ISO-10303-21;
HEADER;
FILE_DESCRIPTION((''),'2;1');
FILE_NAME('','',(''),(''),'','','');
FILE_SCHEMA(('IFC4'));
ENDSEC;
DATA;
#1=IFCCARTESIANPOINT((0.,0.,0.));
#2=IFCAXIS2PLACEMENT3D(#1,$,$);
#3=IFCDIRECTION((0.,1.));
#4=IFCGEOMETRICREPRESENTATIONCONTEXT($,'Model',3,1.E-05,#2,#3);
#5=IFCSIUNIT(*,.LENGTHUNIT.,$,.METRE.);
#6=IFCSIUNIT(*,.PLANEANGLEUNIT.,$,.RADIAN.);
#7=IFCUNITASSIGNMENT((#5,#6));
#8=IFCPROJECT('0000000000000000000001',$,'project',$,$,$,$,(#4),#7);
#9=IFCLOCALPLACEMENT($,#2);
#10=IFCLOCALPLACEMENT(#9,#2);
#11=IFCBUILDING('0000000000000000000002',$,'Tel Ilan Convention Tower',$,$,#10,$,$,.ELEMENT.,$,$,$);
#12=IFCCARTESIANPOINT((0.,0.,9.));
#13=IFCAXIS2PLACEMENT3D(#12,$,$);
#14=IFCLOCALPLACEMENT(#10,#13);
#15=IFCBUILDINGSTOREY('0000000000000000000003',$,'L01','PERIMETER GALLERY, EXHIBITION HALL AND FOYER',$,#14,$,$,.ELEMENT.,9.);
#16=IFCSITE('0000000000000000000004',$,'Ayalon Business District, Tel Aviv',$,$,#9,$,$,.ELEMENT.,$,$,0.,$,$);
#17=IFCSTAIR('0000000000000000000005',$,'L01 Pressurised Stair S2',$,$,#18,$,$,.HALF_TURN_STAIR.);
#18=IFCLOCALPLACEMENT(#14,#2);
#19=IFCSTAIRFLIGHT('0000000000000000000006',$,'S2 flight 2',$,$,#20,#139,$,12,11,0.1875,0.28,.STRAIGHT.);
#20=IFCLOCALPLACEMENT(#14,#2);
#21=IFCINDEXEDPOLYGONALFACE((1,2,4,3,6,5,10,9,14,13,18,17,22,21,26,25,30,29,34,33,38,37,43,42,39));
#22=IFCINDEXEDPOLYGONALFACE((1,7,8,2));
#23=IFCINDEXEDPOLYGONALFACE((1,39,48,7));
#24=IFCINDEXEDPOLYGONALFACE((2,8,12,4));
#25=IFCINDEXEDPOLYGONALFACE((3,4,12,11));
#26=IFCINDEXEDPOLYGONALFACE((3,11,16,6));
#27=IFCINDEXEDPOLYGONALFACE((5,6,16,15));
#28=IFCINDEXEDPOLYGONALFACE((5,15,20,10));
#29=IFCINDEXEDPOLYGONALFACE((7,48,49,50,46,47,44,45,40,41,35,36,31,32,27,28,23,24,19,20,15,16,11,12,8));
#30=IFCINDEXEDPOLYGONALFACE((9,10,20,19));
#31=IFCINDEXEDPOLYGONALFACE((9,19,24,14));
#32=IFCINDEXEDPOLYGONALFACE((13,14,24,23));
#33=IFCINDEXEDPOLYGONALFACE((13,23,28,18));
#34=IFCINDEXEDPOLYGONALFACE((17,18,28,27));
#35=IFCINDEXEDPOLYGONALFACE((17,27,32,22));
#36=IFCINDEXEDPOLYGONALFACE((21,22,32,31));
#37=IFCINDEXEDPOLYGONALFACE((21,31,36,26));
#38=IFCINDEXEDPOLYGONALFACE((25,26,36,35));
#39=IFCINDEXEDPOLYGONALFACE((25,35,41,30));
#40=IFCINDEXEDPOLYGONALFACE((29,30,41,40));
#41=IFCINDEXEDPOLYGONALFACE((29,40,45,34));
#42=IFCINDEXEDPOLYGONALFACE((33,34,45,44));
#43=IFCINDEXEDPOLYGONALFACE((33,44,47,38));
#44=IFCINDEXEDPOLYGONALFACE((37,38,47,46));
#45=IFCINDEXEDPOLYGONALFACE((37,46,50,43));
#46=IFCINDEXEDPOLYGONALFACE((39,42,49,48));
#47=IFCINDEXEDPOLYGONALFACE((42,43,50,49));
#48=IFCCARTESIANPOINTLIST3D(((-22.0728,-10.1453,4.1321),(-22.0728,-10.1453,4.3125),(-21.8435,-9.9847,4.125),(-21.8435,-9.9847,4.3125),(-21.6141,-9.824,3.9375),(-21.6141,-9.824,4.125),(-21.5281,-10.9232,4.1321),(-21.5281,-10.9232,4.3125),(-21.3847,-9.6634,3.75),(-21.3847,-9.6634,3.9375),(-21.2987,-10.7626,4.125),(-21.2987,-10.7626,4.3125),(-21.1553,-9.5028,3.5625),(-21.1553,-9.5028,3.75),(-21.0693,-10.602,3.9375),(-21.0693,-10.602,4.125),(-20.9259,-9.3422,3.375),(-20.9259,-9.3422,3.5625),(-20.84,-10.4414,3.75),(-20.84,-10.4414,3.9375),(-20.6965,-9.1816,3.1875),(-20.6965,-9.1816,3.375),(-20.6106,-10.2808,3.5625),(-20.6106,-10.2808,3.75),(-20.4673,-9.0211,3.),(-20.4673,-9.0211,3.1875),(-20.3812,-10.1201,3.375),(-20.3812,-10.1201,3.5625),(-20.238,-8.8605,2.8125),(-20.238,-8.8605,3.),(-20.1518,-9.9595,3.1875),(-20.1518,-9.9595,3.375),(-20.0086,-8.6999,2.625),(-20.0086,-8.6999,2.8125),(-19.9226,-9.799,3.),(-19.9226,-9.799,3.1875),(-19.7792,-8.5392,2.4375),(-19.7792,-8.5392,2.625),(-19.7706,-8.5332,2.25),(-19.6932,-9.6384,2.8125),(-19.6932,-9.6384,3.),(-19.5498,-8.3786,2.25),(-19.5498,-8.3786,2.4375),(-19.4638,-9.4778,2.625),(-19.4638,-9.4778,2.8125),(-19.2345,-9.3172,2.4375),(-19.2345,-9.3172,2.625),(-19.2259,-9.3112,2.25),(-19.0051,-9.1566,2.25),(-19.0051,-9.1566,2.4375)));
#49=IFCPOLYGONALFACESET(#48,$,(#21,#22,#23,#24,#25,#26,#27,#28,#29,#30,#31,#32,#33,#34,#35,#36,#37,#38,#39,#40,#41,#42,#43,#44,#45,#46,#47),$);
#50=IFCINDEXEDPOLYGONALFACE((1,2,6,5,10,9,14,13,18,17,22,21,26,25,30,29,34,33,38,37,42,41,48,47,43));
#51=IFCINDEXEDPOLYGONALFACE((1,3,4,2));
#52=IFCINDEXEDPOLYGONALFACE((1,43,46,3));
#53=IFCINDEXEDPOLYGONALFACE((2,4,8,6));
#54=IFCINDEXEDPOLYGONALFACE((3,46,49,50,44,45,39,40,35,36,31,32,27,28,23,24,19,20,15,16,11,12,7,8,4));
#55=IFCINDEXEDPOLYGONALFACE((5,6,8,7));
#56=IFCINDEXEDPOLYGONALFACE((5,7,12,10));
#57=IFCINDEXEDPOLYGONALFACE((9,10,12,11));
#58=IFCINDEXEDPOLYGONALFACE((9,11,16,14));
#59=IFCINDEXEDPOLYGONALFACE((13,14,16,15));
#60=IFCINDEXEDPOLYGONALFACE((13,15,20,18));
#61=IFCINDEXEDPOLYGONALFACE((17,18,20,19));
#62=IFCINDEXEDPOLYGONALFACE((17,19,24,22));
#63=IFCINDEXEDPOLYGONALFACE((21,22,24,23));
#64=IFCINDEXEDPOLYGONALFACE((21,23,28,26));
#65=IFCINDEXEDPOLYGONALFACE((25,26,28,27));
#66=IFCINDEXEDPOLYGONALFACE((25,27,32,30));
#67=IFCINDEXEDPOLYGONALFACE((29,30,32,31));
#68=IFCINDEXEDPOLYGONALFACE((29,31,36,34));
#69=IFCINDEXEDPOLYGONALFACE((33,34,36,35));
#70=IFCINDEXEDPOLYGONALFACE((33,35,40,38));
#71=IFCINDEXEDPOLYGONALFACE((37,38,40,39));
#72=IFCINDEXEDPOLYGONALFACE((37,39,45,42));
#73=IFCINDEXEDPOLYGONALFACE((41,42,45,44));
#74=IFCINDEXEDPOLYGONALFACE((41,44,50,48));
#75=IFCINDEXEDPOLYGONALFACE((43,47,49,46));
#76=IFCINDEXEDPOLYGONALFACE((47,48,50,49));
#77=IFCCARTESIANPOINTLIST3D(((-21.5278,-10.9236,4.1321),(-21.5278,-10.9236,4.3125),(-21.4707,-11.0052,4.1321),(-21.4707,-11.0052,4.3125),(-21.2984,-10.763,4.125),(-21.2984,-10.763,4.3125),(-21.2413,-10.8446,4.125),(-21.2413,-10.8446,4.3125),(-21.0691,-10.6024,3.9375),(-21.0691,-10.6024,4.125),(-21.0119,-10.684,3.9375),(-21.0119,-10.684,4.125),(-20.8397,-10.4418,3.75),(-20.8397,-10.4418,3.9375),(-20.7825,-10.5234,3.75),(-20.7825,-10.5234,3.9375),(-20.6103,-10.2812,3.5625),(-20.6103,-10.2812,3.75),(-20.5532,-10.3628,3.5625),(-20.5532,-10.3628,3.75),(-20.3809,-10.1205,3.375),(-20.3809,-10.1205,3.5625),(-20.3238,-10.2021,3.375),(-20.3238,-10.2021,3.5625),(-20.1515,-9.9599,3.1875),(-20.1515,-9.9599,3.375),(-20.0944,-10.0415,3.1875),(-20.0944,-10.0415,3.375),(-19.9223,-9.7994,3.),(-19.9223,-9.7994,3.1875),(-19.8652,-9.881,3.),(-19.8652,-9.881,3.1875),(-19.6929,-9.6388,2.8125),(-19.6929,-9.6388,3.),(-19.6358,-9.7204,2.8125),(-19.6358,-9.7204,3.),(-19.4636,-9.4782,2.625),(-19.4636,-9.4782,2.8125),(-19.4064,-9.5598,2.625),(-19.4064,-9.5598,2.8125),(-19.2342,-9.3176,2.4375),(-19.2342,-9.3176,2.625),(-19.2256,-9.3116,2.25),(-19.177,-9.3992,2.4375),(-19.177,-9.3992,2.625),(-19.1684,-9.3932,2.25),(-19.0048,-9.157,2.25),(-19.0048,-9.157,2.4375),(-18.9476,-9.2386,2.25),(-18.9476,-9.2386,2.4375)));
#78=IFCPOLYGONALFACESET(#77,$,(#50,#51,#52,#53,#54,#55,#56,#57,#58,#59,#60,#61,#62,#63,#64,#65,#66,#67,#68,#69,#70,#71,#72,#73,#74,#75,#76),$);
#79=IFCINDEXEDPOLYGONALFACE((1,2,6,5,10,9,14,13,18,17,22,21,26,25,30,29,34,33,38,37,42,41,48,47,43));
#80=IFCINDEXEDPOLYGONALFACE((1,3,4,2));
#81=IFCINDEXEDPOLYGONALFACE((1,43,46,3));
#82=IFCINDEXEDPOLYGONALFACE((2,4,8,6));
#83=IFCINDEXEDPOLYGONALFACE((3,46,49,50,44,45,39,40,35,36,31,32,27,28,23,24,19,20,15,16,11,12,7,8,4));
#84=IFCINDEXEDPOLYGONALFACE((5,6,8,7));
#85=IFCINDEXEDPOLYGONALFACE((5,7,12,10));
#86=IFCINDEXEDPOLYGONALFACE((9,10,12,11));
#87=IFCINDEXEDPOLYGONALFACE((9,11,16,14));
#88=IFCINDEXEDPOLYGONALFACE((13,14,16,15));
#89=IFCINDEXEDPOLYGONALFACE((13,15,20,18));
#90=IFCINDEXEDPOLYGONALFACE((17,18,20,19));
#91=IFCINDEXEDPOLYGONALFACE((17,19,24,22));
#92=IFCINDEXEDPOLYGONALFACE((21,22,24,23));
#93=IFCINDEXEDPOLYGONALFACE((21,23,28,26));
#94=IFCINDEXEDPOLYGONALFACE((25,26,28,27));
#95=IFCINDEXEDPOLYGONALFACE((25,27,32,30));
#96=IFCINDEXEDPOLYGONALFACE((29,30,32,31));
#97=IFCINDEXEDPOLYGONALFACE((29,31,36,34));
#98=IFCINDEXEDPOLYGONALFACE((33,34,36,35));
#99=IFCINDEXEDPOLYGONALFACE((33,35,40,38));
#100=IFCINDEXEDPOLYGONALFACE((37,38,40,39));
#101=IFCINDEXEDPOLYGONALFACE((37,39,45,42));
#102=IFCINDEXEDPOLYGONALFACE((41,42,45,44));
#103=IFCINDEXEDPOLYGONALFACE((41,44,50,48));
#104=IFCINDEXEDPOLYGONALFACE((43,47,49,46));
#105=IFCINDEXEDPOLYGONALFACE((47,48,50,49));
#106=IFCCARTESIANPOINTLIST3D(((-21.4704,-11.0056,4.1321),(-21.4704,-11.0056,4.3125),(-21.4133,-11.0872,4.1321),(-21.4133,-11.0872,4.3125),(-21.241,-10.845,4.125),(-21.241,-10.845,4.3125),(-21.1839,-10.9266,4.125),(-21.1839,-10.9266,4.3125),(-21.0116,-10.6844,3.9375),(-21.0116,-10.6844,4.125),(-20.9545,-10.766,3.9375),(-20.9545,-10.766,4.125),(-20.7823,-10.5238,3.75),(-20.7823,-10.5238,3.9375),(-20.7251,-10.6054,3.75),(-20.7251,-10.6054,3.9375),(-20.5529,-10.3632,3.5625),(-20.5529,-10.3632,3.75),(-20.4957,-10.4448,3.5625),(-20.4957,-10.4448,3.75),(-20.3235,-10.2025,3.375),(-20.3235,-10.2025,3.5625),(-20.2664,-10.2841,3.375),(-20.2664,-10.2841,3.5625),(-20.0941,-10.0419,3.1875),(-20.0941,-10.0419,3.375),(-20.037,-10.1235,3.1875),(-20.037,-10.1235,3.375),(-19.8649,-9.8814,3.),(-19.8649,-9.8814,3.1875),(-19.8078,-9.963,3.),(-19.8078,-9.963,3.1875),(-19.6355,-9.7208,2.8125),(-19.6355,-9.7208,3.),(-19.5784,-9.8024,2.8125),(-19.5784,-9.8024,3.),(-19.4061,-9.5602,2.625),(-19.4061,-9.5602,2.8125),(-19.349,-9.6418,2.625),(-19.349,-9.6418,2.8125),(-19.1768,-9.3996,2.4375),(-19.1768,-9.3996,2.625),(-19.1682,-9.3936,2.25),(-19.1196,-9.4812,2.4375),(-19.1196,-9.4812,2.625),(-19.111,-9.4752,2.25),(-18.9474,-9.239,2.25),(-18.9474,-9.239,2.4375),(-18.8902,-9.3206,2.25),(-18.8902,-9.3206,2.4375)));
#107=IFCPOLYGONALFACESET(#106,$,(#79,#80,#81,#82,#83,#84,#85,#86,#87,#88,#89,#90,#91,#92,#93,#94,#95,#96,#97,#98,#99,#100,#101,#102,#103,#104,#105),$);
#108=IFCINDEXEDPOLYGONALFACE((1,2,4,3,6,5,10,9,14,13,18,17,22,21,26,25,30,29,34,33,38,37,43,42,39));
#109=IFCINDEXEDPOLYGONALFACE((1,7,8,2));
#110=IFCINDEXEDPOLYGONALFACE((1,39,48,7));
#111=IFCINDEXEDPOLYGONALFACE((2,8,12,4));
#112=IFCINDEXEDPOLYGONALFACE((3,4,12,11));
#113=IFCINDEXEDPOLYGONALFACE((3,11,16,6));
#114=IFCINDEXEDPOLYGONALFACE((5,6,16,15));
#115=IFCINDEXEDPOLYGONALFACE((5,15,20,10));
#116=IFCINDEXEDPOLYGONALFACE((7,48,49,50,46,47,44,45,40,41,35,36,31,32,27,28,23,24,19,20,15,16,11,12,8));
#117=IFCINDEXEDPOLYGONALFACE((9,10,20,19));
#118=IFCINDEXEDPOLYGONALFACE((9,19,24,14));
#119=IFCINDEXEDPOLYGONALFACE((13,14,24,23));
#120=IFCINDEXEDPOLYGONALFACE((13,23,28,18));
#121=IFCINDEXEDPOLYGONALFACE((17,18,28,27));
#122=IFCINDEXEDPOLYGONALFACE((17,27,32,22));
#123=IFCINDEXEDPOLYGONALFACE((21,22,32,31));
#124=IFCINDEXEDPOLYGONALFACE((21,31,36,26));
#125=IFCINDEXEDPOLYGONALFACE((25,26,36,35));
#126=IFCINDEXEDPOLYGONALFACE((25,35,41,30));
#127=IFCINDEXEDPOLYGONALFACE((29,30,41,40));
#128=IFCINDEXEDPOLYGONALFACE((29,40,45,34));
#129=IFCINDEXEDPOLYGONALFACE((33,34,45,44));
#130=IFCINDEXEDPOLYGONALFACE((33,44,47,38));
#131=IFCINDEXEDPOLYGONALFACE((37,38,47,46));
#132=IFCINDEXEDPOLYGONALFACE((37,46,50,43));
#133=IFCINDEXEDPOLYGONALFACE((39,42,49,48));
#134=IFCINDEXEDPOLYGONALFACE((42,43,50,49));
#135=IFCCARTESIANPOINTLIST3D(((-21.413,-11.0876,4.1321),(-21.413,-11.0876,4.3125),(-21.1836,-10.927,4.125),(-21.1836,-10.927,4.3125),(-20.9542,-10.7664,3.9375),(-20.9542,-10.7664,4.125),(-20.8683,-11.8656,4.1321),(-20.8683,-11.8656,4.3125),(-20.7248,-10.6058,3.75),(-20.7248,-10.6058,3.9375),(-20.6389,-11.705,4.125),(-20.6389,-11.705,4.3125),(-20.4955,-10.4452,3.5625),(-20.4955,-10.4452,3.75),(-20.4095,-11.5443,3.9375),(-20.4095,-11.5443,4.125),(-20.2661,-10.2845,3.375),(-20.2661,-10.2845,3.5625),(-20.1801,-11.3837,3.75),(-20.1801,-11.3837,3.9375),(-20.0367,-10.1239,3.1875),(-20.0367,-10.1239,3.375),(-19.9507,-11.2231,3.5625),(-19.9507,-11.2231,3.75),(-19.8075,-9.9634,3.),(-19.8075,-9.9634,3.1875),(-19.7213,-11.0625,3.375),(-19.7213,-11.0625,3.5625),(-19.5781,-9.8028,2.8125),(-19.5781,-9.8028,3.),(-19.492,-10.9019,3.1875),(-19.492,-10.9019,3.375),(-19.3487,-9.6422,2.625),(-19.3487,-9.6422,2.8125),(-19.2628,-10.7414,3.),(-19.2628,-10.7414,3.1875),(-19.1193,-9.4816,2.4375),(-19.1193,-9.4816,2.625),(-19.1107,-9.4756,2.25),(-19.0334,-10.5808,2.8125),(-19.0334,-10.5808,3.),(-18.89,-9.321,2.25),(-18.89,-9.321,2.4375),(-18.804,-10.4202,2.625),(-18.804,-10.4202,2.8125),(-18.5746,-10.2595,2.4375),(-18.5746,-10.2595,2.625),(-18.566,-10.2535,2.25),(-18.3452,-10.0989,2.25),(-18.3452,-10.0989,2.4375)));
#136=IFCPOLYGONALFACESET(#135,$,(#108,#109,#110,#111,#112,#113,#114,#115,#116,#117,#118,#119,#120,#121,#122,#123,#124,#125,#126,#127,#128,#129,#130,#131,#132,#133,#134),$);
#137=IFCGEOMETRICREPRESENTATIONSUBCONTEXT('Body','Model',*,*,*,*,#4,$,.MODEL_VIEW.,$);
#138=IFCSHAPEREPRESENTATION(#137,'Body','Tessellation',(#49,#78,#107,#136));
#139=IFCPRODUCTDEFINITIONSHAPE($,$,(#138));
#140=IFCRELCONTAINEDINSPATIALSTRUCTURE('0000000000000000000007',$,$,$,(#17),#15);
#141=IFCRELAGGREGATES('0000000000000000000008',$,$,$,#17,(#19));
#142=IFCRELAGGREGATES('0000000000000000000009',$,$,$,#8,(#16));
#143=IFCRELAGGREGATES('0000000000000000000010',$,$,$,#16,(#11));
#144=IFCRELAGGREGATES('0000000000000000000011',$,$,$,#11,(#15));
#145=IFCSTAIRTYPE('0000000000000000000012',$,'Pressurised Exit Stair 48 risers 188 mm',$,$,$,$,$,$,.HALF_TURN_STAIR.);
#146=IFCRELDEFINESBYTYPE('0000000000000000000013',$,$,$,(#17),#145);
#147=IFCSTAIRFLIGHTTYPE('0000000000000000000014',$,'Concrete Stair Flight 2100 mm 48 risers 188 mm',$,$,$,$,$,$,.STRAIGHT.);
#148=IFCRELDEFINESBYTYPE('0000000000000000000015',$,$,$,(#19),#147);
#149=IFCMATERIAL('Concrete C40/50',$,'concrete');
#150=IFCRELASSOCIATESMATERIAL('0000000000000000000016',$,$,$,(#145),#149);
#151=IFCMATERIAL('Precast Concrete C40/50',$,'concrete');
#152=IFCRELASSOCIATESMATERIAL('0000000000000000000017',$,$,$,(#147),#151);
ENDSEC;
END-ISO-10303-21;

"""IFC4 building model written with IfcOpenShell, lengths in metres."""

from ifc_helpers import new_model, si_unit, direction, frame, origin, place, context, subcontext, project, spatial, polyline, outline, extrude, material, type_object, element, aggregate, save


model = new_model("IFC4")

# Units and contexts
model_context = context("Model", 3, precision=1e-05, world=origin(), true_north=direction((0.0, 1.0)))
body_context = subcontext(model_context, "Body", "Model", "MODEL_VIEW")
ifc_project = project(units=[si_unit("LENGTHUNIT", "METRE"), si_unit("PLANEANGLEUNIT", "RADIAN")], contexts=[model_context])

# Site, building, storey
site_placement = place(None, origin())
site = spatial("IfcSite", under=ifc_project, at=site_placement, Name="Ayalon Business District, Tel Aviv", CompositionType="ELEMENT", RefElevation=0.0)
building_placement = place(site_placement, origin())
building = spatial("IfcBuilding", under=site, at=building_placement, Name="Tel Ilan Convention Tower", CompositionType="ELEMENT")
storey_placement = place(building_placement, frame((0.0, 0.0, 9.0)))
storey = spatial("IfcBuildingStorey", under=building, at=storey_placement, Name="L01", Description="PERIMETER GALLERY, EXHIBITION HALL AND FOYER", CompositionType="ELEMENT", Elevation=9.0)

# Stair, stair flight
ifc_material_1 = material(Name="Concrete C40/50", Category="concrete")
stair_type = type_object("IfcStairType", Name="Pressurised Exit Stair 48 risers 188 mm", PredefinedType="HALF_TURN_STAIR", material=ifc_material_1)
stair_placement = place(storey_placement, origin())
stair = element("IfcStair", 1, at=stair_placement, inside=storey, type_object=stair_type, Name="L01 Pressurised Stair S2", PredefinedType="HALF_TURN_STAIR")
ifc_material_2 = material(Name="Precast Concrete C40/50", Category="concrete")
stair_flight_type = type_object("IfcStairFlightType", Name="Concrete Stair Flight 2100 mm 48 risers 188 mm", PredefinedType="STRAIGHT", material=ifc_material_2)
stair_flight_1_placement = place(storey_placement, frame((-18.9475, -9.2388, 2.25), z_axis=(0.0, 0.0, 1.0), x_axis=(-0.819152, -0.573576, 0.0)))
stair_flight_1 = element("IfcStairFlight", 2, at=stair_flight_1_placement, type_object=stair_flight_type, Name="S2 flight 2", NumberOfRisers=12, NumberOfTreads=11, PredefinedType="STRAIGHT", RiserHeight=0.1875, TreadLength=0.28, context=body_context, shape_type="SweptSolid", body=[
    extrude(outline(polyline([(0.0, 0.0), (0.0, 0.1875), (0.28, 0.1875), (0.28, 0.375), (0.5601, 0.375), (0.5601, 0.5625), (0.8401, 0.5625), (0.8401, 0.75), (1.1201, 0.75), (1.1201, 0.9375), (1.3999, 0.9375), (1.3999, 1.125), (1.6799, 1.125), (1.6799, 1.3125), (1.96, 1.3125), (1.96, 1.5), (2.24, 1.5), (2.24, 1.6875), (2.52, 1.6875), (2.52, 1.875), (2.8, 1.875), (2.8, 2.0625), (3.0801, 2.0625), (3.0801, 2.25), (3.0801, 1.8821), (0.2695, 0.0), (0.0, 0.0)])), frame((0.0, -0.1003, 0.0), z_axis=(0.0, -1.0, 0.0), x_axis=(1.0, 0.0, 0.0)), (0.0, 0.0, 1.0), 0.9497),
    extrude(outline(polyline([(0.0, 0.0), (0.0, 0.1875), (0.28, 0.1875), (0.28, 0.375), (0.5601, 0.375), (0.5601, 0.5625), (0.8401, 0.5625), (0.8401, 0.75), (1.1201, 0.75), (1.1201, 0.9375), (1.3999, 0.9375), (1.3999, 1.125), (1.6799, 1.125), (1.6799, 1.3125), (1.96, 1.3125), (1.96, 1.5), (2.24, 1.5), (2.24, 1.6875), (2.52, 1.6875), (2.52, 1.875), (2.8, 1.875), (2.8, 2.0625), (3.0801, 2.0625), (3.0801, 2.25), (3.0801, 1.8821), (0.2695, 0.0), (0.0, 0.0)])), frame((0.0, -0.0002, 0.0), z_axis=(0.0, -1.0, 0.0), x_axis=(1.0, 0.0, 0.0)), (0.0, 0.0, 1.0), 0.0996),
    extrude(outline(polyline([(0.0, 0.0), (0.0, 0.1875), (0.28, 0.1875), (0.28, 0.375), (0.5601, 0.375), (0.5601, 0.5625), (0.8401, 0.5625), (0.8401, 0.75), (1.1201, 0.75), (1.1201, 0.9375), (1.3999, 0.9375), (1.3999, 1.125), (1.6799, 1.125), (1.6799, 1.3125), (1.96, 1.3125), (1.96, 1.5), (2.24, 1.5), (2.24, 1.6875), (2.52, 1.6875), (2.52, 1.875), (2.8, 1.875), (2.8, 2.0625), (3.0801, 2.0625), (3.0801, 2.25), (3.0801, 1.8821), (0.2695, 0.0), (0.0, 0.0)])), frame((0.0, 0.0999, 0.0), z_axis=(0.0, -1.0, 0.0), x_axis=(1.0, 0.0, 0.0)), (0.0, 0.0, 1.0), 0.0996),
    extrude(outline(polyline([(0.0, 0.0), (0.0, 0.1875), (0.28, 0.1875), (0.28, 0.375), (0.5601, 0.375), (0.5601, 0.5625), (0.8401, 0.5625), (0.8401, 0.75), (1.1201, 0.75), (1.1201, 0.9375), (1.3999, 0.9375), (1.3999, 1.125), (1.6799, 1.125), (1.6799, 1.3125), (1.96, 1.3125), (1.96, 1.5), (2.24, 1.5), (2.24, 1.6875), (2.52, 1.6875), (2.52, 1.875), (2.8, 1.875), (2.8, 2.0625), (3.0801, 2.0625), (3.0801, 2.25), (3.0801, 1.8821), (0.2695, 0.0), (0.0, 0.0)])), frame((0.0, 1.05, 0.0), z_axis=(0.0, -1.0, 0.0), x_axis=(1.0, 0.0, 0.0)), (0.0, 0.0, 1.0), 0.9497),
])
aggregate(stair, [stair_flight_1])

save(model, "model.ifc")
